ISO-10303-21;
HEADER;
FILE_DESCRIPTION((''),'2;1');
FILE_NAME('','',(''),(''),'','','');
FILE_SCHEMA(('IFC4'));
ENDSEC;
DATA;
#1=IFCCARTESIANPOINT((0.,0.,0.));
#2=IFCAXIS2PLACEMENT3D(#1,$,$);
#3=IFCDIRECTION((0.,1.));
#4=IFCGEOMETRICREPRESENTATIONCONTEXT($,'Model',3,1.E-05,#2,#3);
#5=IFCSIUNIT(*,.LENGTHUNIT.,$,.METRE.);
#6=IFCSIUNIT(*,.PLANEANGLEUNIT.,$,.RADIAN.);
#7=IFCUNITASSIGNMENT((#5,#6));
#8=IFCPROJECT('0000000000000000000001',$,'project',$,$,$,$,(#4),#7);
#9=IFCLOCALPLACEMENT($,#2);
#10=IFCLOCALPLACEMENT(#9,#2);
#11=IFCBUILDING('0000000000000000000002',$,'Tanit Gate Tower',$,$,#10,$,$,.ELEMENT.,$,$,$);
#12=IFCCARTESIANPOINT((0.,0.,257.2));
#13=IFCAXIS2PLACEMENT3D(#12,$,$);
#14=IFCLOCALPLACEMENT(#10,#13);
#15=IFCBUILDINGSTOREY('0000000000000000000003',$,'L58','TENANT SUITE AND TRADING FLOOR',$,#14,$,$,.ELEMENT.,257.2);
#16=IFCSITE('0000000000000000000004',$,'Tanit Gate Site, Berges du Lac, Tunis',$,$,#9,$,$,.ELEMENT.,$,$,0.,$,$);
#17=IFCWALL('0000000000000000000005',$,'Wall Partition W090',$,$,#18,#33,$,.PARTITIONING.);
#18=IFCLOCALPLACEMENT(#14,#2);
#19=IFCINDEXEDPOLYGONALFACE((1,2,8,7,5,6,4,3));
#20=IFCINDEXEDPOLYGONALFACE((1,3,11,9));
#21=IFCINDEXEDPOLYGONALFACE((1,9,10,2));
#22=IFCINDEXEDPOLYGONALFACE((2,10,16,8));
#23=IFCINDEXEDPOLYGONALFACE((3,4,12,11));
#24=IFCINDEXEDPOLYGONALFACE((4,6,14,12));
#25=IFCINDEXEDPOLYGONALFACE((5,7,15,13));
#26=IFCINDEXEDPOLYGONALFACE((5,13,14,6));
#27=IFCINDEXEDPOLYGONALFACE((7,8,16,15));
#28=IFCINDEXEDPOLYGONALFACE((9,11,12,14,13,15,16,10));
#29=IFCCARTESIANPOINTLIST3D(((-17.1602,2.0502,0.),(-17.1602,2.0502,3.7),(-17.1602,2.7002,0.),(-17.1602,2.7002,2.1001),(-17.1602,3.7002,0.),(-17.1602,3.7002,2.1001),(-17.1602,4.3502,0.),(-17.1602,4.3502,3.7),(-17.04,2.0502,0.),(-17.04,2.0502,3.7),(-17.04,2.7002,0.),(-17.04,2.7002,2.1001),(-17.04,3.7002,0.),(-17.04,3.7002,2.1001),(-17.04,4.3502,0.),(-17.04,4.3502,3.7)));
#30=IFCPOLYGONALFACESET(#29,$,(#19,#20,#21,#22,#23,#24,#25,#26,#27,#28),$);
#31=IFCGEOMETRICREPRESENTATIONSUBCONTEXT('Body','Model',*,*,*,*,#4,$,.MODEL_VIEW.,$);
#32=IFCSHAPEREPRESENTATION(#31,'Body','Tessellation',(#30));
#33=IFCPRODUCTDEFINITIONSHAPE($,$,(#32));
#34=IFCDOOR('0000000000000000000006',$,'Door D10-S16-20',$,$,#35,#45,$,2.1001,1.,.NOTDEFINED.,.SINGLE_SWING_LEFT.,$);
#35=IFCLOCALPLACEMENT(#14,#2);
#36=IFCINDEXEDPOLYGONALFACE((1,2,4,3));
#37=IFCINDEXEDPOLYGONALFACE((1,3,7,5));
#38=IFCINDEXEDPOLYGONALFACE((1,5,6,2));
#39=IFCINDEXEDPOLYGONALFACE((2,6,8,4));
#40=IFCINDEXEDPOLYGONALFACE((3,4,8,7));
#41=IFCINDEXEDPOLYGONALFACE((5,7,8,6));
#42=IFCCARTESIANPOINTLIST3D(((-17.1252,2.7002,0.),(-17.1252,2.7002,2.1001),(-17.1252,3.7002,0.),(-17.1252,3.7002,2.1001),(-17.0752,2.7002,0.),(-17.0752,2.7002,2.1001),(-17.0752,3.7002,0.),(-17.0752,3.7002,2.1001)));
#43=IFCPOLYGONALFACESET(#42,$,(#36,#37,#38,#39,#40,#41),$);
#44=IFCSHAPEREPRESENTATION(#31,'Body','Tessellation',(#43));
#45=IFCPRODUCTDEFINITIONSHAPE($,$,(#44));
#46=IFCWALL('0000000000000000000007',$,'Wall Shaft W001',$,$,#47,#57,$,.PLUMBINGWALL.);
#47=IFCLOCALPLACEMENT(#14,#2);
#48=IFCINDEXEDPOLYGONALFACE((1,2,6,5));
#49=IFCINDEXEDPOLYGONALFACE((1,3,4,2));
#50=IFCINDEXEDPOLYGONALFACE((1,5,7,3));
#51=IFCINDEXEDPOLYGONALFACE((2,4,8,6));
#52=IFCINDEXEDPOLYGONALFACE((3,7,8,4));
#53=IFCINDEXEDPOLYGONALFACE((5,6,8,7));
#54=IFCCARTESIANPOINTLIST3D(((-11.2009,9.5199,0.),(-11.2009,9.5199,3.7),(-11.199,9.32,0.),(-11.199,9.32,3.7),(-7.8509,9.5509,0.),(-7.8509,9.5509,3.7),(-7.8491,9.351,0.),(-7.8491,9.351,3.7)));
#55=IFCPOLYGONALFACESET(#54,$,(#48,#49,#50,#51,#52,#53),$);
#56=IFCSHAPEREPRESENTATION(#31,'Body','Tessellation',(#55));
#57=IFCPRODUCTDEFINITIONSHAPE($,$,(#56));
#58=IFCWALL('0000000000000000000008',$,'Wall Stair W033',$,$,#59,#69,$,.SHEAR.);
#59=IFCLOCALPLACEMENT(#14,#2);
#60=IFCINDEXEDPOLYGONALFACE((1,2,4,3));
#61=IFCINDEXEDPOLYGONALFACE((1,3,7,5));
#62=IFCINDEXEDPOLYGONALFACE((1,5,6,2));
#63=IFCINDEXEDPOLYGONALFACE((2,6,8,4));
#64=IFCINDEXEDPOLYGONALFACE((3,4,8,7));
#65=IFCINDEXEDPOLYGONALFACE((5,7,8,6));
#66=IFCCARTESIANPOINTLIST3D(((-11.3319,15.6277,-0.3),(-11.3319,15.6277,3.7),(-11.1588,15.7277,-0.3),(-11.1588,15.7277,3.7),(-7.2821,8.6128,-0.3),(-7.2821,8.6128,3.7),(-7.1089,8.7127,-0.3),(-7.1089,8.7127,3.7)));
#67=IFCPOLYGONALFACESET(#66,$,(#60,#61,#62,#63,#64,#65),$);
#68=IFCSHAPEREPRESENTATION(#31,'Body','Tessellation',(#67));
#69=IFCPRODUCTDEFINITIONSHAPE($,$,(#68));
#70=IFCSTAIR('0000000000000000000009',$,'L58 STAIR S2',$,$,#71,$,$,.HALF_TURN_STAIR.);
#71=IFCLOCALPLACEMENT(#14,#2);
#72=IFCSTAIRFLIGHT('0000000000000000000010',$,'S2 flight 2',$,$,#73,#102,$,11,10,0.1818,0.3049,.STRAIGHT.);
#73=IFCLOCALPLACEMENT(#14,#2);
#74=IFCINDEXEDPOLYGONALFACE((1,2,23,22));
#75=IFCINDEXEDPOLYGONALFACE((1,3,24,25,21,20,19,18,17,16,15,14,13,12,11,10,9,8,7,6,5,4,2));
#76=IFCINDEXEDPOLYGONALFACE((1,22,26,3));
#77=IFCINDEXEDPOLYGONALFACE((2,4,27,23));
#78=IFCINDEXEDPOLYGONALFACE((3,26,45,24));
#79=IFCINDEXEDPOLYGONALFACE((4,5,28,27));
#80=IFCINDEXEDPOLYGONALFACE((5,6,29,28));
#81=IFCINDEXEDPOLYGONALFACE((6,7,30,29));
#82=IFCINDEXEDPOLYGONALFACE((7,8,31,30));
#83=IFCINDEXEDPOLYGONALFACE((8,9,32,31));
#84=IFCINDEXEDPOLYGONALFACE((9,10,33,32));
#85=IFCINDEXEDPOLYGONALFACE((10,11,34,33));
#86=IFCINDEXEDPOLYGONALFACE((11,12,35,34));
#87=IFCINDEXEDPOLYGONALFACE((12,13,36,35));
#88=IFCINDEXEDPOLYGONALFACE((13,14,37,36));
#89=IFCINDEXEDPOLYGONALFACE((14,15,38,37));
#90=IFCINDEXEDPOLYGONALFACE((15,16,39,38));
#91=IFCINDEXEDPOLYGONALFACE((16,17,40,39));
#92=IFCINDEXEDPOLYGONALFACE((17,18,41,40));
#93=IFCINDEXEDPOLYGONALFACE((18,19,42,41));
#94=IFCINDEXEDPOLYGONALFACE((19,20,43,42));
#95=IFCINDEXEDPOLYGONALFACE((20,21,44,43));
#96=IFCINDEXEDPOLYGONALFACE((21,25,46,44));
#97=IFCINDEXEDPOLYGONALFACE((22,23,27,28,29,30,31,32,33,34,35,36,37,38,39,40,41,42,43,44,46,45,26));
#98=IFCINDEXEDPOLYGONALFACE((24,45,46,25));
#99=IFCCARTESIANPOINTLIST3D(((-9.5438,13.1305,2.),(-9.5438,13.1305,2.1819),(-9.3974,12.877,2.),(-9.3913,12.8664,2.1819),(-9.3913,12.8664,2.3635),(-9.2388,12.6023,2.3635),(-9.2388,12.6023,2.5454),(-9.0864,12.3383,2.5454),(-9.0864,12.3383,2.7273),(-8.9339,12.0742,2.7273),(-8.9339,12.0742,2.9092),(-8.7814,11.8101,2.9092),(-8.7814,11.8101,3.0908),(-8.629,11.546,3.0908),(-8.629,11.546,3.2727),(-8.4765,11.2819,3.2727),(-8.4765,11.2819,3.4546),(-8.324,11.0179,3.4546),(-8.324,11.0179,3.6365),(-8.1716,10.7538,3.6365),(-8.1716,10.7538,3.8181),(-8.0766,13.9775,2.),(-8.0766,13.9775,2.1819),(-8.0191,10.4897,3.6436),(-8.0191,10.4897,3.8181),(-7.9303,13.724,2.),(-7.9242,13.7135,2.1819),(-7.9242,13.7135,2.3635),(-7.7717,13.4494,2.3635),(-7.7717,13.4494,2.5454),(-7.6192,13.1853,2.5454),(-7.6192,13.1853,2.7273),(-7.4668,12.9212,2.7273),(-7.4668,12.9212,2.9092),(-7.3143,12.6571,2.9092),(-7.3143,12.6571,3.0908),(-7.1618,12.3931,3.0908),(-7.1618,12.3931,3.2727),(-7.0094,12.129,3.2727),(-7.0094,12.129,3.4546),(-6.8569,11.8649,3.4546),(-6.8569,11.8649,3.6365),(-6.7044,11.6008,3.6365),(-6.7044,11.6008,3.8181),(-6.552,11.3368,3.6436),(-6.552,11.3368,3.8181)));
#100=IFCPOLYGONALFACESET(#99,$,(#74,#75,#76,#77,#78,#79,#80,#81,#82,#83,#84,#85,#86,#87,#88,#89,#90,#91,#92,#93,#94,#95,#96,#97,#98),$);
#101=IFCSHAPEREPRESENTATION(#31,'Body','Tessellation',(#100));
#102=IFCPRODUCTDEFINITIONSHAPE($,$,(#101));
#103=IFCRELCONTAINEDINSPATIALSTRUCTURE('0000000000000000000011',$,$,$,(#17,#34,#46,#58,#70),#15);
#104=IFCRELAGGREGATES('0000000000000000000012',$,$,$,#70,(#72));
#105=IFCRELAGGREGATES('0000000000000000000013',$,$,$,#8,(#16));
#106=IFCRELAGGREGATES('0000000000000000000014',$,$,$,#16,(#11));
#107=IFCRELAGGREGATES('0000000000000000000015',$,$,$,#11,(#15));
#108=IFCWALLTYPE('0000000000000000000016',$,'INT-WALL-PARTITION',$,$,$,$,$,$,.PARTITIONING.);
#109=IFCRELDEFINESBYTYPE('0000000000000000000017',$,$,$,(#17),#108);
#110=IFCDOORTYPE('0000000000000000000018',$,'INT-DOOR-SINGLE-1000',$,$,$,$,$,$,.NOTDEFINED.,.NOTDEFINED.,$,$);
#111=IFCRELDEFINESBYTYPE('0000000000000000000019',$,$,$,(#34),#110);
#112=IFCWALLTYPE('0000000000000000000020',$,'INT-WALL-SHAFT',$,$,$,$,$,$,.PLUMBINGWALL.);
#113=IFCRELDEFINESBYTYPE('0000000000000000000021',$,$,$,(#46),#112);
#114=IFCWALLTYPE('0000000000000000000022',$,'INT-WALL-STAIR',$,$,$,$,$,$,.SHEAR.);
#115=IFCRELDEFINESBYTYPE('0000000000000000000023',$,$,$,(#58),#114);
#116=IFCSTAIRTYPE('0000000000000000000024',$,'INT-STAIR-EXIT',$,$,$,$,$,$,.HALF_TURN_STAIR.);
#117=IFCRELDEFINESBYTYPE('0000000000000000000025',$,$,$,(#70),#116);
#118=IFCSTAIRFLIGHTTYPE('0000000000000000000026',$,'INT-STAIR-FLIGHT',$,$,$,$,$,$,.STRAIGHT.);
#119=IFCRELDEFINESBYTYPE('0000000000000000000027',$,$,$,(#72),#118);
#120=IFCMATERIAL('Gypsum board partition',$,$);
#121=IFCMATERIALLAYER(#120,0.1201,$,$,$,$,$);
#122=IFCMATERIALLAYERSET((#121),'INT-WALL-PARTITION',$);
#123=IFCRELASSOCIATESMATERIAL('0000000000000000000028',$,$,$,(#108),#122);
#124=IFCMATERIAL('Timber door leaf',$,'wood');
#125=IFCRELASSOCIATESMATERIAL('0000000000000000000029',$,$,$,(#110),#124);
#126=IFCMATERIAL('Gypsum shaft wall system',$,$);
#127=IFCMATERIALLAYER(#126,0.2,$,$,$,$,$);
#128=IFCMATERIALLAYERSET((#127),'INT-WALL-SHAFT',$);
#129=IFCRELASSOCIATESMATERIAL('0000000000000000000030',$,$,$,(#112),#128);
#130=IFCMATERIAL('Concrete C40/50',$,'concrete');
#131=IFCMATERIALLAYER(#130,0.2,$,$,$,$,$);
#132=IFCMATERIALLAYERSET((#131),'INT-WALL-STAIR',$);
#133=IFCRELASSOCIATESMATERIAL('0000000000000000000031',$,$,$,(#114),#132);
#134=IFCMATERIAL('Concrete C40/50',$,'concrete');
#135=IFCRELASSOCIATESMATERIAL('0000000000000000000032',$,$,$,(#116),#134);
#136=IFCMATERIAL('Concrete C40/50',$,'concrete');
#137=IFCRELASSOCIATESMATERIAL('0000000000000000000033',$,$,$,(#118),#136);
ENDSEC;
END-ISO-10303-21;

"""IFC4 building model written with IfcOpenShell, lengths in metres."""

from ifc_helpers import new_model, si_unit, direction, frame, frame_2d, origin, place, context, subcontext, project, spatial, polyline, rectangle, outline, extrude, material, layer, layer_set, type_object, element, fill, aggregate, save


model = new_model("IFC4")

# Units and contexts
model_context = context("Model", 3, precision=1e-05, world=origin(), true_north=direction((0.0, 1.0)))
body_context = subcontext(model_context, "Body", "Model", "MODEL_VIEW")
ifc_project = project(units=[si_unit("LENGTHUNIT", "METRE"), si_unit("PLANEANGLEUNIT", "RADIAN")], contexts=[model_context])

# Site, building, storey
site_placement = place(None, origin())
site = spatial("IfcSite", under=ifc_project, at=site_placement, Name="Tanit Gate Site, Berges du Lac, Tunis", CompositionType="ELEMENT", RefElevation=0.0)
building_placement = place(site_placement, origin())
building = spatial("IfcBuilding", under=site, at=building_placement, Name="Tanit Gate Tower", CompositionType="ELEMENT")
storey_placement = place(building_placement, frame((0.0, 0.0, 257.2)))
storey = spatial("IfcBuildingStorey", under=building, at=storey_placement, Name="L58", Description="TENANT SUITE AND TRADING FLOOR", CompositionType="ELEMENT", Elevation=257.2)

# Wall, opening, door
ifc_material_1 = material(Name="Gypsum board partition")
ifc_layer_1 = layer(ifc_material_1, 0.1201)
ifc_layer_set_1 = layer_set([ifc_layer_1], Name="INT-WALL-PARTITION")
wall_type_1 = type_object("IfcWallType", Name="INT-WALL-PARTITION", PredefinedType="PARTITIONING", material=ifc_layer_set_1)
ifc_material_2 = material(Name="Timber door leaf", Category="wood")
door_type_1 = type_object("IfcDoorType", Name="INT-DOOR-SINGLE-1000", OperationType="NOTDEFINED", PredefinedType="NOTDEFINED", material=ifc_material_2)
wall_1_placement = place(storey_placement, frame((-17.1001, 4.3501, 0.0), z_axis=(0.0, 0.0, 1.0), x_axis=(0.0, -1.0, 0.0)))
wall_1 = element("IfcWall", 1, at=wall_1_placement, inside=storey, type_object=wall_type_1, Name="Wall Partition W090", PredefinedType="PARTITIONING", context=body_context, shape_type="SweptSolid", body=[
    extrude(rectangle(XDim=2.3, YDim=0.1201, at=frame_2d((1.1499, 0.0))), origin(), (0.0, 0.0, 1.0), 3.7),
])
opening_1_placement = place(wall_1_placement, frame((0.6499, 0.0, 0.0)))
opening_1 = element("IfcOpeningElement", 2, at=opening_1_placement, cuts=wall_1, PredefinedType="OPENING", context=body_context, shape_type="SweptSolid", body=[
    extrude(rectangle(XDim=1.0, YDim=2.1001, at=frame_2d((0.5, 1.05))), frame((0.0, 0.0701, 0.0), z_axis=(0.0, -1.0, 0.0), x_axis=(1.0, 0.0, 0.0)), (0.0, 0.0, 1.0), 0.1401),
])
door_1_placement = place(opening_1_placement, origin())
door_1 = element("IfcDoor", 3, at=door_1_placement, inside=storey, type_object=door_type_1, Name="Door D10-S16-20", OperationType="SINGLE_SWING_LEFT", OverallHeight=2.1001, OverallWidth=1.0, PredefinedType="NOTDEFINED", context=body_context, shape_type="SweptSolid", body=[
    extrude(rectangle(XDim=1.0, YDim=2.1001, at=frame_2d((0.5, 1.05))), frame((0.0, 0.0249, 0.0), z_axis=(0.0, -1.0, 0.0), x_axis=(1.0, 0.0, 0.0)), (0.0, 0.0, 1.0), 0.05),
])
fill(opening_1, door_1)

# Walls
ifc_material_3 = material(Name="Gypsum shaft wall system")
ifc_layer_2 = layer(ifc_material_3, 0.2)
ifc_layer_set_2 = layer_set([ifc_layer_2], Name="INT-WALL-SHAFT")
wall_type_2 = type_object("IfcWallType", Name="INT-WALL-SHAFT", PredefinedType="PLUMBINGWALL", material=ifc_layer_set_2)
wall_2_placement = place(storey_placement, frame((-11.2, 9.4199, 0.0), z_axis=(0.0, 0.0, 1.0), x_axis=(0.999957, 0.009255, 0.0)))
element("IfcWall", 4, at=wall_2_placement, inside=storey, type_object=wall_type_2, Name="Wall Shaft W001", PredefinedType="PLUMBINGWALL", context=body_context, shape_type="SweptSolid", body=[
    extrude(rectangle(XDim=3.3501, YDim=0.2, at=frame_2d((1.675, 0.0))), origin(), (0.0, 0.0, 1.0), 3.7),
])
ifc_material_4 = material(Name="Concrete C40/50", Category="concrete")
ifc_layer_3 = layer(ifc_material_4, 0.2)
ifc_layer_set_3 = layer_set([ifc_layer_3], Name="INT-WALL-STAIR")
wall_type_3 = type_object("IfcWallType", Name="INT-WALL-STAIR", PredefinedType="SHEAR", material=ifc_layer_set_3)
wall_3_placement = place(storey_placement, frame((-11.2454, 15.6777, -0.3), z_axis=(0.0, 0.0, 1.0), x_axis=(0.499977, -0.866039, 0.0)))
element("IfcWall", 5, at=wall_3_placement, inside=storey, type_object=wall_type_3, Name="Wall Stair W033", PredefinedType="SHEAR", context=body_context, shape_type="SweptSolid", body=[
    extrude(rectangle(XDim=8.1001, YDim=0.2, at=frame_2d((4.05, 0.0))), origin(), (0.0, 0.0, 1.0), 4.0),
])

# Stair, stair flight
ifc_material_5 = material(Name="Concrete C40/50", Category="concrete")
stair_type = type_object("IfcStairType", Name="INT-STAIR-EXIT", PredefinedType="HALF_TURN_STAIR", material=ifc_material_5)
stair_placement = place(storey_placement, origin())
stair = element("IfcStair", 6, at=stair_placement, inside=storey, type_object=stair_type, Name="L58 STAIR S2", PredefinedType="HALF_TURN_STAIR")
ifc_material_6 = material(Name="Concrete C40/50", Category="concrete")
stair_flight_type = type_object("IfcStairFlightType", Name="INT-STAIR-FLIGHT", PredefinedType="STRAIGHT", material=ifc_material_6)
stair_flight_placement = place(storey_placement, frame((-8.8103, 13.554, 2.0), z_axis=(0.0, 0.0, 1.0), x_axis=(0.5, -0.866025, 0.0)))
stair_flight = element("IfcStairFlight", 7, at=stair_flight_placement, type_object=stair_flight_type, Name="S2 flight 2", NumberOfRisers=11, NumberOfTreads=10, PredefinedType="STRAIGHT", RiserHeight=0.1818, TreadLength=0.3049, context=body_context, shape_type="SweptSolid", body=[
    extrude(outline(polyline([(0.0, 0.0), (0.0, 0.1819), (0.3049, 0.1819), (0.3049, 0.3635), (0.6099, 0.3635), (0.6099, 0.5454), (0.9148, 0.5454), (0.9148, 0.7273), (1.2197, 0.7273), (1.2197, 0.9092), (1.5247, 0.9092), (1.5247, 1.0908), (1.8296, 1.0908), (1.8296, 1.2727), (2.1345, 1.2727), (2.1345, 1.4546), (2.4395, 1.4546), (2.4395, 1.6365), (2.7444, 1.6365), (2.7444, 1.8181), (3.0493, 1.8181), (3.0493, 2.0), (3.0493, 1.6436), (0.2927, 0.0), (0.0, 0.0)])), frame((0.0, 0.8472, 0.0), z_axis=(0.0, -1.0, 0.0), x_axis=(1.0, 0.0, 0.0)), (0.0, 0.0, 1.0), 1.6941),
])
aggregate(stair, [stair_flight])

save(model, "model.ifc")
